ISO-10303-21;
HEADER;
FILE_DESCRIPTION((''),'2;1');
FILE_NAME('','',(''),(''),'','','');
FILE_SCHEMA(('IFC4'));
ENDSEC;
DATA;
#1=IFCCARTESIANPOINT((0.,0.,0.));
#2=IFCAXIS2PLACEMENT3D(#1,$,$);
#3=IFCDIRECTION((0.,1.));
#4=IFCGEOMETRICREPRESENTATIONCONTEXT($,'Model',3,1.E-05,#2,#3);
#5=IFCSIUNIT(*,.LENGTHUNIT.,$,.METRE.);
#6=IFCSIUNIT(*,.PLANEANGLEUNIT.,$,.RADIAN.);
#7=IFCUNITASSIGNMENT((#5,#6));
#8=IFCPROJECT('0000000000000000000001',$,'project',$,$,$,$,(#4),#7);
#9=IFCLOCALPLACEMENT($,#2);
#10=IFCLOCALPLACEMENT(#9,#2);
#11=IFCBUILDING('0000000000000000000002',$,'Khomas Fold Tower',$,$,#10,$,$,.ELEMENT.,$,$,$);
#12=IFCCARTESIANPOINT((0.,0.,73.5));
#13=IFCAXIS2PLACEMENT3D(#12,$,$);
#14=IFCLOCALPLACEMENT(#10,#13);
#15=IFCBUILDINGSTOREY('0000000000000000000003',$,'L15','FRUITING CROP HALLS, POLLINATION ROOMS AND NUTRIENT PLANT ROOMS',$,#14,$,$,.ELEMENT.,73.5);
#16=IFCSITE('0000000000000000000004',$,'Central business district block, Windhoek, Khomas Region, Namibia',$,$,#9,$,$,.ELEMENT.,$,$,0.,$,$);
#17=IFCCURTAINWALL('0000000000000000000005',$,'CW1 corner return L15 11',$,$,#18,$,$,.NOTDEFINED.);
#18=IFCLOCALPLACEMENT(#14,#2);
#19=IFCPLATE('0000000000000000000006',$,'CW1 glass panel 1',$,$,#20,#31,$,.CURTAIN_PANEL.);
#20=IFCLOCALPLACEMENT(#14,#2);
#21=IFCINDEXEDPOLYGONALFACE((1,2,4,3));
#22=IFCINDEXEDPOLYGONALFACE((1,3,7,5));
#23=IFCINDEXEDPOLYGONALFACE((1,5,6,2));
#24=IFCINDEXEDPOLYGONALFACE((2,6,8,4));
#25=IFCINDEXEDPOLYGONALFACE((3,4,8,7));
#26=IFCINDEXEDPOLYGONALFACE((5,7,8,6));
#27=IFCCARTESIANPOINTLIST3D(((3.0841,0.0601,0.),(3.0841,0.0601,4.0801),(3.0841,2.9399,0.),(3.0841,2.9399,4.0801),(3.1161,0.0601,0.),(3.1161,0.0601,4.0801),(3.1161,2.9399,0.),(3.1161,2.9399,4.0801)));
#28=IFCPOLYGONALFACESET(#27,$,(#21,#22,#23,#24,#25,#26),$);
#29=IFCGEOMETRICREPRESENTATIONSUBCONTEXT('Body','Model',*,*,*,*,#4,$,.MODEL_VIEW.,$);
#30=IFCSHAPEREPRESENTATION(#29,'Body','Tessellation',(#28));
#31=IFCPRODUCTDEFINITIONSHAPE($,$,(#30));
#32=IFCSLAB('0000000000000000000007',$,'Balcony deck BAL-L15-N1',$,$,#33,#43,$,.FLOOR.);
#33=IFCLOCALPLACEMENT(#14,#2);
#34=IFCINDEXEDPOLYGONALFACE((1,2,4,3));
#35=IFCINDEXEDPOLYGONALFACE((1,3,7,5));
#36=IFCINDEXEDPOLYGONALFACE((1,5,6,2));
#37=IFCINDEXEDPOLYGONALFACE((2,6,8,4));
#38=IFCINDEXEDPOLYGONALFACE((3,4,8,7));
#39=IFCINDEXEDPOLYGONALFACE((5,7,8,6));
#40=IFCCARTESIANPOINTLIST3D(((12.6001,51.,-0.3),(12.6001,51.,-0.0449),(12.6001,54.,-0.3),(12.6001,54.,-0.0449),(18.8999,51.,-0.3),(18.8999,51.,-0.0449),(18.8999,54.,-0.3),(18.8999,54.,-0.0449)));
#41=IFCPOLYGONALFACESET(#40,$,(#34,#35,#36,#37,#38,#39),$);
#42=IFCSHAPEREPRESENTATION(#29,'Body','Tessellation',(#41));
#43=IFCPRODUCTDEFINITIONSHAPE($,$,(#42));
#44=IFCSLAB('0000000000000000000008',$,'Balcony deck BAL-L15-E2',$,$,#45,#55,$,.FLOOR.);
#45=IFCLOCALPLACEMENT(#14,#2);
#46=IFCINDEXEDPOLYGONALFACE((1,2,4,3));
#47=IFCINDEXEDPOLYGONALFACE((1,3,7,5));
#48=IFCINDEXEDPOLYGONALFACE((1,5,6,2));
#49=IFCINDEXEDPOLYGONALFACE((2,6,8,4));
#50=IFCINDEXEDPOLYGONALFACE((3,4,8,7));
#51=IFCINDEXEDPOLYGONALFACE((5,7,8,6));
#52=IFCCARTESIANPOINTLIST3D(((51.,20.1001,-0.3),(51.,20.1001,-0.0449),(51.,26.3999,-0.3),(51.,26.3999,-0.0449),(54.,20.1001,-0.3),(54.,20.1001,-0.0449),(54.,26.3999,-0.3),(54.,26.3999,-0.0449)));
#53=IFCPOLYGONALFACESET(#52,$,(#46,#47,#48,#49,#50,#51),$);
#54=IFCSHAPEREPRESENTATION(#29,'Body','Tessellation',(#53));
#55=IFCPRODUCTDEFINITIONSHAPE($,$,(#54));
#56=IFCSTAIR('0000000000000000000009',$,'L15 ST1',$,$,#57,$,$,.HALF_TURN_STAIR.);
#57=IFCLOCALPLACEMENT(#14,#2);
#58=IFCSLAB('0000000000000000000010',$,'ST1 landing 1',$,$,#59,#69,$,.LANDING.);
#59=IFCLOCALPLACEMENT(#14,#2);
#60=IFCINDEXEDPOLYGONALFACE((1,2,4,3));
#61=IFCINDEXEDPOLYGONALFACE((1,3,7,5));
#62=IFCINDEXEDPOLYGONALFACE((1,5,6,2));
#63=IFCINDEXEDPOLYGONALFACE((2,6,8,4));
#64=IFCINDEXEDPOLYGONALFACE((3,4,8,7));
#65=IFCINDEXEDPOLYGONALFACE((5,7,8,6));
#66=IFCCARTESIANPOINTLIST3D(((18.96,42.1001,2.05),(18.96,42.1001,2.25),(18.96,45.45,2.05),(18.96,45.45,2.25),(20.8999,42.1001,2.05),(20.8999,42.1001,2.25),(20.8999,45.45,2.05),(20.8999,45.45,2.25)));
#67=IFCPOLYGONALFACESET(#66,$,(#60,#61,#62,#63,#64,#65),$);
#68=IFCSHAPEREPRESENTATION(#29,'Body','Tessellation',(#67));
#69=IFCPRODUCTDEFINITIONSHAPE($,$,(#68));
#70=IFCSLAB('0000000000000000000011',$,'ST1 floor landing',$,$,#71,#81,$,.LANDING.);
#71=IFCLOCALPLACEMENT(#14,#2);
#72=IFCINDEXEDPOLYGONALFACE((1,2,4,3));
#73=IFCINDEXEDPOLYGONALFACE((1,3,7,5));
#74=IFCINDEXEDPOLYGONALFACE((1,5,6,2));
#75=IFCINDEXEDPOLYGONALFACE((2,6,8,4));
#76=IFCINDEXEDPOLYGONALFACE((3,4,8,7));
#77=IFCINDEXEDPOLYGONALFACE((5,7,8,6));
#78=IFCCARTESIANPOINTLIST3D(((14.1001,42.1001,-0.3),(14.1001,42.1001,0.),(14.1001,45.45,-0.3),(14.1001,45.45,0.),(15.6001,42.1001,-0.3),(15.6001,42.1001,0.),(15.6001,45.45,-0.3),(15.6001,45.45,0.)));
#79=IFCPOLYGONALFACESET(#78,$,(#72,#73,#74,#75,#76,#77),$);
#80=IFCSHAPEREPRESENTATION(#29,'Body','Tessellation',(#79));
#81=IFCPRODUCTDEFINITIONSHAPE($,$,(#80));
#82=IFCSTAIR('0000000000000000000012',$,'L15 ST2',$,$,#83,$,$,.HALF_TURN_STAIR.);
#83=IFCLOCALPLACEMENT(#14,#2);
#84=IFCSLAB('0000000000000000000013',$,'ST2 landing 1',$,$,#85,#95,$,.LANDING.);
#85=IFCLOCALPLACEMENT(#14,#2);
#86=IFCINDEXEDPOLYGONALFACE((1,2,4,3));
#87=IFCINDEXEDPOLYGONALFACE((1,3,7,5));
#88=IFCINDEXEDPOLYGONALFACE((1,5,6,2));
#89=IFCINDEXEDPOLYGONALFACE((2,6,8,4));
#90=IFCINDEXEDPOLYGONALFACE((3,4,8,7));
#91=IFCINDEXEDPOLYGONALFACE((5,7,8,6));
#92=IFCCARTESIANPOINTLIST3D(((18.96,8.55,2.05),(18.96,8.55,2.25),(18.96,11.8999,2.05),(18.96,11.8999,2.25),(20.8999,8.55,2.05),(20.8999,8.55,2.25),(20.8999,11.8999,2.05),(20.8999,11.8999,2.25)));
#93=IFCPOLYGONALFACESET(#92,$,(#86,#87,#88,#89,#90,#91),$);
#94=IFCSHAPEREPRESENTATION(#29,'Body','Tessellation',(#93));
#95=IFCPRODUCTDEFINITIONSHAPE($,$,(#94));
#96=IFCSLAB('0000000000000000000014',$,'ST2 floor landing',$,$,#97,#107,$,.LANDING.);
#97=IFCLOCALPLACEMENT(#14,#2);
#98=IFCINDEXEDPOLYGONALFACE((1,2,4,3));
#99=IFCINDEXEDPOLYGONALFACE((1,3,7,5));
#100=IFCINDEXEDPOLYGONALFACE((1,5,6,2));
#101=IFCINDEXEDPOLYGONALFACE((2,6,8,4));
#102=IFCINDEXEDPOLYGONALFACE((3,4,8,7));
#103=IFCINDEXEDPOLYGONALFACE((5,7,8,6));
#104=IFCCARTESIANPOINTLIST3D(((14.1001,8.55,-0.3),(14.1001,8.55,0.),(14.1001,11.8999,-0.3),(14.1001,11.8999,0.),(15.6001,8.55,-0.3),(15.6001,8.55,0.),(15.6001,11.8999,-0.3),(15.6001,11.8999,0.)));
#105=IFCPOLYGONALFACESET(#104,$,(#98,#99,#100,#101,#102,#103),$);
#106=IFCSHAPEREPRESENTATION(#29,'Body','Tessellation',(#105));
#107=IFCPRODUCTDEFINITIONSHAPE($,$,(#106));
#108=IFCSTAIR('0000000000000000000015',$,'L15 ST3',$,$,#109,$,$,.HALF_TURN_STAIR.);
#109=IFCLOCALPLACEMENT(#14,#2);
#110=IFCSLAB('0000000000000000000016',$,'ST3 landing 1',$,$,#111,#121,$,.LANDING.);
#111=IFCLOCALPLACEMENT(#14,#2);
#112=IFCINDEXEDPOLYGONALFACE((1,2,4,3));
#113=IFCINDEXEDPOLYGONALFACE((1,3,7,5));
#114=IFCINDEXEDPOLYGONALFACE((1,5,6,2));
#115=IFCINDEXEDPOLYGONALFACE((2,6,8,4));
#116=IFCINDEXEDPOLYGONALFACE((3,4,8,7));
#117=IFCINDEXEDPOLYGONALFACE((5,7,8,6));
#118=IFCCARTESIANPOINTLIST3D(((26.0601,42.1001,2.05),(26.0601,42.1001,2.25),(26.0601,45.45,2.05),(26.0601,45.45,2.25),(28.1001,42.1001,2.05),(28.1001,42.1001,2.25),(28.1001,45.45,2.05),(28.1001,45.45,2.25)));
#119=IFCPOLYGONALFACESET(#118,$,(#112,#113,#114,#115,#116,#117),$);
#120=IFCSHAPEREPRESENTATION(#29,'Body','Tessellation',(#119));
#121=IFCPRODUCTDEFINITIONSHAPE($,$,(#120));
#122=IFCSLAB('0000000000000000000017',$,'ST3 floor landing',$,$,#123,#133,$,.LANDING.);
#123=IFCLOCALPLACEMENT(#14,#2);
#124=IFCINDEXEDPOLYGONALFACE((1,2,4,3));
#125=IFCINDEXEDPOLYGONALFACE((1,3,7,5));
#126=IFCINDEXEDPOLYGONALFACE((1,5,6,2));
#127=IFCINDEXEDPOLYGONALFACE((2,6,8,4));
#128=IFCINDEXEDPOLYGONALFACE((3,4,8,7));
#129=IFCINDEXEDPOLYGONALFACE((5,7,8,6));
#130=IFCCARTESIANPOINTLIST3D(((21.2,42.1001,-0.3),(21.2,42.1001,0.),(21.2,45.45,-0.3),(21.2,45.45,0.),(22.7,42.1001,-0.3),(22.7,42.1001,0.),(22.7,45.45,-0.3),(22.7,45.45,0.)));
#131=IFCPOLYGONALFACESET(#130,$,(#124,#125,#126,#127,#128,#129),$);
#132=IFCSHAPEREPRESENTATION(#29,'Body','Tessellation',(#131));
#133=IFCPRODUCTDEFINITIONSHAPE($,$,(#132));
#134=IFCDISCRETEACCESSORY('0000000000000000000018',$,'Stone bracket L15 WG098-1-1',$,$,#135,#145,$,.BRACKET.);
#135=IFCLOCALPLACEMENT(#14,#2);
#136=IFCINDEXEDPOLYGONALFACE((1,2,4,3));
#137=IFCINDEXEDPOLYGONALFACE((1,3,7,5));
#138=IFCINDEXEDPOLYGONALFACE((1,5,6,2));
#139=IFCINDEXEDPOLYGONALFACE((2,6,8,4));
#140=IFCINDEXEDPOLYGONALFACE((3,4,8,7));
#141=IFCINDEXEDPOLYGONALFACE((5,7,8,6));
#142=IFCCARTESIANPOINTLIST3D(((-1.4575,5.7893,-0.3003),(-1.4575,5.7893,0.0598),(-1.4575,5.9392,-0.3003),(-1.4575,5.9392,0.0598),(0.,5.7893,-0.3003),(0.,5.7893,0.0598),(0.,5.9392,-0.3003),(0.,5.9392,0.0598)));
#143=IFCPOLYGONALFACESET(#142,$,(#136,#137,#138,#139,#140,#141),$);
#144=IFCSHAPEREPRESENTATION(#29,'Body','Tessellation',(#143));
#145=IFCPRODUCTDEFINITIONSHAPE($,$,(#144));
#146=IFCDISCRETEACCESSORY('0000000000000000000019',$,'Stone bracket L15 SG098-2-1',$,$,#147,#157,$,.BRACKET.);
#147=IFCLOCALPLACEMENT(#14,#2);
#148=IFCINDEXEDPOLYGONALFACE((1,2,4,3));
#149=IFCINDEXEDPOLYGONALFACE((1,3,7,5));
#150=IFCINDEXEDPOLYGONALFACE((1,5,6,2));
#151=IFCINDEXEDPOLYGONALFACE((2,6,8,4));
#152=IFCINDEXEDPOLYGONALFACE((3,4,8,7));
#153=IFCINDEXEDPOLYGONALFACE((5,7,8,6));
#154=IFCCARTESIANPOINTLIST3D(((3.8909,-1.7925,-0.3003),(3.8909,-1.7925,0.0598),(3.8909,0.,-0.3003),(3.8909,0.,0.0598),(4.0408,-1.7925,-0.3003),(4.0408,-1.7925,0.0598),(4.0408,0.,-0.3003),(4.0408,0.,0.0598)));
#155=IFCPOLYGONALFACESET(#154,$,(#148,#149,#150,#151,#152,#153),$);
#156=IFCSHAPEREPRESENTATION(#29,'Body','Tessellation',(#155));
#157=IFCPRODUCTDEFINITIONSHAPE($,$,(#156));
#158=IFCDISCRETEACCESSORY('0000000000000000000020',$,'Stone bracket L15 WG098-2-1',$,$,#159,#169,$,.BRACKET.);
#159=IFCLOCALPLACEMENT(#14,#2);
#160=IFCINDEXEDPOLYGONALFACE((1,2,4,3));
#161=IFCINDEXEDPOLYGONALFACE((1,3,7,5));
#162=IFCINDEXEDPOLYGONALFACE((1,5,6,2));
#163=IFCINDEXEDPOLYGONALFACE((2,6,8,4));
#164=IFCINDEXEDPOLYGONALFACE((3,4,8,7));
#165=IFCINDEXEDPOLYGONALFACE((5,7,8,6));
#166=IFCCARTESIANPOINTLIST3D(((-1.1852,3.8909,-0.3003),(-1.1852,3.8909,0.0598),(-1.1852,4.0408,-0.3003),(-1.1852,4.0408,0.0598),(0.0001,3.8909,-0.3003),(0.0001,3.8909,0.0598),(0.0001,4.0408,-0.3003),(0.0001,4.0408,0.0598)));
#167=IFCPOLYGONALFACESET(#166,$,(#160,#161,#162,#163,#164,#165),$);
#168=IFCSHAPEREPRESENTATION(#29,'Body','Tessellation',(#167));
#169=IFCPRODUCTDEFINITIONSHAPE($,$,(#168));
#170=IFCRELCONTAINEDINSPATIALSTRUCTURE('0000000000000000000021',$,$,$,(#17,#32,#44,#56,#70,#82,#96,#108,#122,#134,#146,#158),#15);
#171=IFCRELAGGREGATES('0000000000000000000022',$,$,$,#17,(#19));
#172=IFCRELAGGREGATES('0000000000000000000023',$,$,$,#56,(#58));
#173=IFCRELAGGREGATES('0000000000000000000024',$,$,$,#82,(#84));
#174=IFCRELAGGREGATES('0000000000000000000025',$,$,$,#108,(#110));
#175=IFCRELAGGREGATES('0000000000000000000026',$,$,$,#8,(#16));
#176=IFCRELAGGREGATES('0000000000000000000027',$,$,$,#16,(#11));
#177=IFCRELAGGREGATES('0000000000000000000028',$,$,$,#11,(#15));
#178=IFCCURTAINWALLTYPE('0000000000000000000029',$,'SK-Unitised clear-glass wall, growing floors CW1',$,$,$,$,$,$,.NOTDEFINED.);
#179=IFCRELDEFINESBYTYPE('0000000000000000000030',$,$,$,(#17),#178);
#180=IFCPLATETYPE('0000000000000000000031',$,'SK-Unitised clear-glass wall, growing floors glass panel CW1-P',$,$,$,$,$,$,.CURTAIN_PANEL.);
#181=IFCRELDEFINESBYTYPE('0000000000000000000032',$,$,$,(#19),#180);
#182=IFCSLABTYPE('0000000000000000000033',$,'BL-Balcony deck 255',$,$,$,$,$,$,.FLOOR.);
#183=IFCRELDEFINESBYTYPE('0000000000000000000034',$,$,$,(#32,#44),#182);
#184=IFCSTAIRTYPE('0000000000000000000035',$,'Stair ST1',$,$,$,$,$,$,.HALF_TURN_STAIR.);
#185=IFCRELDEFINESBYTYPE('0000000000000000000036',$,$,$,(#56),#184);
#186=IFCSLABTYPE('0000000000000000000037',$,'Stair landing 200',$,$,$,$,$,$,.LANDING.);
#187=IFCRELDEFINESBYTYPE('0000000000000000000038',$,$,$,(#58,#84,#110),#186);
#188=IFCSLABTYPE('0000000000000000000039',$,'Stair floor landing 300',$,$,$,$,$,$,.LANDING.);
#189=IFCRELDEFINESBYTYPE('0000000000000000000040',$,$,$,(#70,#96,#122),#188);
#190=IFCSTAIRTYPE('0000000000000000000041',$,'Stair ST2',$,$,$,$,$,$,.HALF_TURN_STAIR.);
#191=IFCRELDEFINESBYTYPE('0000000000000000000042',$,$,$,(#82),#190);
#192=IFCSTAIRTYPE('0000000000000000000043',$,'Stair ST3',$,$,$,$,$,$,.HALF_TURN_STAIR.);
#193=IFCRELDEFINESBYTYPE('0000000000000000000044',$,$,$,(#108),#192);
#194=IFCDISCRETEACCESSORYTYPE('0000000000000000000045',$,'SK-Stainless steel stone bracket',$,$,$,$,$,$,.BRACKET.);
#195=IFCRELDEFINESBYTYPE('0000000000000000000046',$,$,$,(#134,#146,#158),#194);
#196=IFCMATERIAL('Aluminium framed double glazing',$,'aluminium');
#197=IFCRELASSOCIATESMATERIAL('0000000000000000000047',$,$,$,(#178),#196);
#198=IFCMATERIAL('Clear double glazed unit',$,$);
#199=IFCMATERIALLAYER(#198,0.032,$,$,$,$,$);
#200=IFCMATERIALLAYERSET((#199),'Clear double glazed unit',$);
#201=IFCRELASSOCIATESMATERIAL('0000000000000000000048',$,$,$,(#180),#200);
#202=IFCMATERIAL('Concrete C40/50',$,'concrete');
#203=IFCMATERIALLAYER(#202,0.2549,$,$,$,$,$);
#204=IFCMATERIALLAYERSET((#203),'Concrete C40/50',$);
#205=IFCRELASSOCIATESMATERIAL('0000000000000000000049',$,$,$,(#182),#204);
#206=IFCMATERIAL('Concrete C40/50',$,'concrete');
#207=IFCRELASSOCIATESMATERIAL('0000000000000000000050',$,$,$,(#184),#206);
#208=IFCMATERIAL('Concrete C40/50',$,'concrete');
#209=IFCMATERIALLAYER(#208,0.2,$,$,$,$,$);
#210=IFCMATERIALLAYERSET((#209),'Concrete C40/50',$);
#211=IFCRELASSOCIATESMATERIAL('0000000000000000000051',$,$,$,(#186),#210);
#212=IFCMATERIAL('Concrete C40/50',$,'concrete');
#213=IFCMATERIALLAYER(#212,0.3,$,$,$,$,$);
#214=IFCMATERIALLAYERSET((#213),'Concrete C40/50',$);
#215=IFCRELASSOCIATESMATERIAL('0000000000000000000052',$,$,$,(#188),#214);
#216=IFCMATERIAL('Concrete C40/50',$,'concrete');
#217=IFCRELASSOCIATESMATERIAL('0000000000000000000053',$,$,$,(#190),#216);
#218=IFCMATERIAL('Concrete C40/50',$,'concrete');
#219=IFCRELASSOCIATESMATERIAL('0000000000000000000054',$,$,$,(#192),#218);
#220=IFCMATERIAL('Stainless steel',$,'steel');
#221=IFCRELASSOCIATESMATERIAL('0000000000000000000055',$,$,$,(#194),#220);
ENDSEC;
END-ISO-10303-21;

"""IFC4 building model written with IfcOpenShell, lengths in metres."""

from ifc_helpers import new_model, si_unit, direction, frame, origin, origin_2d, place, context, subcontext, project, spatial, polyline, rectangle, outline, extrude, source, transform, mapped, material, layer, layer_set, type_object, element, aggregate, save


model = new_model("IFC4")

# Units and contexts
model_context = context("Model", 3, precision=1e-05, world=origin(), true_north=direction((0.0, 1.0)))
body_context = subcontext(model_context, "Body", "Model", "MODEL_VIEW")
ifc_project = project(units=[si_unit("LENGTHUNIT", "METRE"), si_unit("PLANEANGLEUNIT", "RADIAN")], contexts=[model_context])

# Site, building, storey
site_placement = place(None, origin())
site = spatial("IfcSite", under=ifc_project, at=site_placement, Name="Central business district block, Windhoek, Khomas Region, Namibia", CompositionType="ELEMENT", RefElevation=0.0)
building_placement = place(site_placement, origin())
building = spatial("IfcBuilding", under=site, at=building_placement, Name="Khomas Fold Tower", CompositionType="ELEMENT")
storey_placement = place(building_placement, frame((0.0, 0.0, 73.5)))
storey = spatial("IfcBuildingStorey", under=building, at=storey_placement, Name="L15", Description="FRUITING CROP HALLS, POLLINATION ROOMS AND NUTRIENT PLANT ROOMS", CompositionType="ELEMENT", Elevation=73.5)

# Curtain wall
ifc_material_1 = material(Name="Aluminium framed double glazing", Category="aluminium")
curtain_wall_type = type_object("IfcCurtainWallType", Name="SK-Unitised clear-glass wall, growing floors CW1", PredefinedType="NOTDEFINED", material=ifc_material_1)
curtain_wall_1_placement = place(storey_placement, origin())
curtain_wall_1 = element("IfcCurtainWall", 1, at=curtain_wall_1_placement, inside=storey, type_object=curtain_wall_type, Name="CW1 corner return L15 11", PredefinedType="NOTDEFINED")

# Plate
ifc_material_2 = material(Name="Clear double glazed unit")
ifc_layer_1 = layer(ifc_material_2, 0.032)
ifc_layer_set_1 = layer_set([ifc_layer_1], Name="Clear double glazed unit")
plate_type_1 = type_object("IfcPlateType", Name="SK-Unitised clear-glass wall, growing floors glass panel CW1-P", PredefinedType="CURTAIN_PANEL", material=ifc_layer_set_1)
shared_shape_1 = source(origin(), body_context, "Body", "SweptSolid", [
    extrude(rectangle(XDim=2.8799, YDim=0.032, at=origin_2d()), origin(), (0.0, 0.0, 1.0), 4.0801),
])
plate_1_placement = place(storey_placement, frame((3.1001, 1.5, 0.0), z_axis=(0.0, 0.0, 1.0), x_axis=(0.0, -1.0, 0.0)))
plate_1 = element("IfcPlate", 2, at=plate_1_placement, type_object=plate_type_1, Name="CW1 glass panel 1", PredefinedType="CURTAIN_PANEL", context=body_context, shape_type="MappedRepresentation", body=[
    mapped(shared_shape_1, transform((0.0, 0.0, 0.0))),
])
aggregate(curtain_wall_1, [plate_1])

# Slabs
ifc_material_3 = material(Name="Concrete C40/50", Category="concrete")
ifc_layer_2 = layer(ifc_material_3, 0.2549)
ifc_layer_set_2 = layer_set([ifc_layer_2], Name="Concrete C40/50")
slab_type_1 = type_object("IfcSlabType", Name="BL-Balcony deck 255", PredefinedType="FLOOR", material=ifc_layer_set_2)
shared_shape_2 = source(origin(), body_context, "Body", "SweptSolid", [
    extrude(outline(polyline([(12.6001, 51.0), (18.8999, 51.0), (18.8999, 54.0), (12.6001, 54.0), (12.6001, 51.0)])), origin(), (0.0, 0.0, 1.0), 0.2551),
])
slab_1_placement = place(storey_placement, frame((0.0, 0.0, -0.3)))
element("IfcSlab", 3, at=slab_1_placement, inside=storey, type_object=slab_type_1, Name="Balcony deck BAL-L15-N1", PredefinedType="FLOOR", context=body_context, shape_type="MappedRepresentation", body=[
    mapped(shared_shape_2, transform((0.0, 0.0, 0.0))),
])
shared_shape_3 = source(origin(), body_context, "Body", "SweptSolid", [
    extrude(outline(polyline([(51.0, 20.1001), (54.0, 20.1001), (54.0, 26.3999), (51.0, 26.3999), (51.0, 20.1001)])), origin(), (0.0, 0.0, 1.0), 0.2551),
])
slab_2_placement = place(storey_placement, frame((0.0, 0.0, -0.3)))
element("IfcSlab", 4, at=slab_2_placement, inside=storey, type_object=slab_type_1, Name="Balcony deck BAL-L15-E2", PredefinedType="FLOOR", context=body_context, shape_type="MappedRepresentation", body=[
    mapped(shared_shape_3, transform((0.0, 0.0, 0.0))),
])

# Stair, slab
ifc_material_4 = material(Name="Concrete C40/50", Category="concrete")
stair_type_1 = type_object("IfcStairType", Name="Stair ST1", PredefinedType="HALF_TURN_STAIR", material=ifc_material_4)
stair_1_placement = place(storey_placement, origin())
stair_1 = element("IfcStair", 5, at=stair_1_placement, inside=storey, type_object=stair_type_1, Name="L15 ST1", PredefinedType="HALF_TURN_STAIR")
ifc_material_5 = material(Name="Concrete C40/50", Category="concrete")
ifc_layer_3 = layer(ifc_material_5, 0.2)
ifc_layer_set_3 = layer_set([ifc_layer_3], Name="Concrete C40/50")
slab_type_2 = type_object("IfcSlabType", Name="Stair landing 200", PredefinedType="LANDING", material=ifc_layer_set_3)
shared_shape_4 = source(origin(), body_context, "Body", "SweptSolid", [
    extrude(outline(polyline([(18.96, 42.1001), (20.8999, 42.1001), (20.8999, 45.45), (18.96, 45.45), (18.96, 42.1001)])), origin(), (0.0, 0.0, 1.0), 0.2),
])
slab_3_placement = place(storey_placement, frame((0.0, 0.0, 2.05)))
slab_3 = element("IfcSlab", 6, at=slab_3_placement, type_object=slab_type_2, Name="ST1 landing 1", PredefinedType="LANDING", context=body_context, shape_type="MappedRepresentation", body=[
    mapped(shared_shape_4, transform((0.0, 0.0, 0.0))),
])
aggregate(stair_1, [slab_3])

# Slab
ifc_material_6 = material(Name="Concrete C40/50", Category="concrete")
ifc_layer_4 = layer(ifc_material_6, 0.3)
ifc_layer_set_4 = layer_set([ifc_layer_4], Name="Concrete C40/50")
slab_type_3 = type_object("IfcSlabType", Name="Stair floor landing 300", PredefinedType="LANDING", material=ifc_layer_set_4)
shared_shape_5 = source(origin(), body_context, "Body", "SweptSolid", [
    extrude(outline(polyline([(15.6001, 42.1001), (14.1001, 42.1001), (14.1001, 45.45), (15.6001, 45.45), (15.6001, 42.1001)])), origin(), (0.0, 0.0, 1.0), 0.3),
])
slab_4_placement = place(storey_placement, frame((0.0, 0.0, -0.3)))
element("IfcSlab", 7, at=slab_4_placement, inside=storey, type_object=slab_type_3, Name="ST1 floor landing", PredefinedType="LANDING", context=body_context, shape_type="MappedRepresentation", body=[
    mapped(shared_shape_5, transform((0.0, 0.0, 0.0))),
])

# Stair, slab
ifc_material_7 = material(Name="Concrete C40/50", Category="concrete")
stair_type_2 = type_object("IfcStairType", Name="Stair ST2", PredefinedType="HALF_TURN_STAIR", material=ifc_material_7)
stair_2_placement = place(storey_placement, origin())
stair_2 = element("IfcStair", 8, at=stair_2_placement, inside=storey, type_object=stair_type_2, Name="L15 ST2", PredefinedType="HALF_TURN_STAIR")
shared_shape_6 = source(origin(), body_context, "Body", "SweptSolid", [
    extrude(outline(polyline([(18.96, 8.55), (20.8999, 8.55), (20.8999, 11.8999), (18.96, 11.8999), (18.96, 8.55)])), origin(), (0.0, 0.0, 1.0), 0.2),
])
slab_5_placement = place(storey_placement, frame((0.0, 0.0, 2.05)))
slab_5 = element("IfcSlab", 9, at=slab_5_placement, type_object=slab_type_2, Name="ST2 landing 1", PredefinedType="LANDING", context=body_context, shape_type="MappedRepresentation", body=[
    mapped(shared_shape_6, transform((0.0, 0.0, 0.0))),
])
aggregate(stair_2, [slab_5])

# Slab
shared_shape_7 = source(origin(), body_context, "Body", "SweptSolid", [
    extrude(outline(polyline([(15.6001, 8.55), (14.1001, 8.55), (14.1001, 11.8999), (15.6001, 11.8999), (15.6001, 8.55)])), origin(), (0.0, 0.0, 1.0), 0.3),
])
slab_6_placement = place(storey_placement, frame((0.0, 0.0, -0.3)))
element("IfcSlab", 10, at=slab_6_placement, inside=storey, type_object=slab_type_3, Name="ST2 floor landing", PredefinedType="LANDING", context=body_context, shape_type="MappedRepresentation", body=[
    mapped(shared_shape_7, transform((0.0, 0.0, 0.0))),
])

# Stair, slab
ifc_material_8 = material(Name="Concrete C40/50", Category="concrete")
stair_type_3 = type_object("IfcStairType", Name="Stair ST3", PredefinedType="HALF_TURN_STAIR", material=ifc_material_8)
stair_3_placement = place(storey_placement, origin())
stair_3 = element("IfcStair", 11, at=stair_3_placement, inside=storey, type_object=stair_type_3, Name="L15 ST3", PredefinedType="HALF_TURN_STAIR")
shared_shape_8 = source(origin(), body_context, "Body", "SweptSolid", [
    extrude(outline(polyline([(26.0601, 42.1001), (28.1001, 42.1001), (28.1001, 45.45), (26.0601, 45.45), (26.0601, 42.1001)])), origin(), (0.0, 0.0, 1.0), 0.2),
])
slab_7_placement = place(storey_placement, frame((0.0, 0.0, 2.05)))
slab_7 = element("IfcSlab", 12, at=slab_7_placement, type_object=slab_type_2, Name="ST3 landing 1", PredefinedType="LANDING", context=body_context, shape_type="MappedRepresentation", body=[
    mapped(shared_shape_8, transform((0.0, 0.0, 0.0))),
])
aggregate(stair_3, [slab_7])

# Slab
shared_shape_9 = source(origin(), body_context, "Body", "SweptSolid", [
    extrude(outline(polyline([(22.7, 42.1001), (21.2, 42.1001), (21.2, 45.45), (22.7, 45.45), (22.7, 42.1001)])), origin(), (0.0, 0.0, 1.0), 0.3),
])
slab_8_placement = place(storey_placement, frame((0.0, 0.0, -0.3)))
element("IfcSlab", 13, at=slab_8_placement, inside=storey, type_object=slab_type_3, Name="ST3 floor landing", PredefinedType="LANDING", context=body_context, shape_type="MappedRepresentation", body=[
    mapped(shared_shape_9, transform((0.0, 0.0, 0.0))),
])

# Discrete accessories
ifc_material_9 = material(Name="Stainless steel", Category="steel")
discrete_accessory_type = type_object("IfcDiscreteAccessoryType", Name="SK-Stainless steel stone bracket", PredefinedType="BRACKET", material=ifc_material_9)
shared_shape_10 = source(origin(), body_context, "Body", "SweptSolid", [
    extrude(rectangle(XDim=1.4575, YDim=0.1499, at=origin_2d()), origin(), (0.0, 0.0, 1.0), 0.3601),
])
discrete_accessory_1_placement = place(storey_placement, frame((-0.7288, 5.8643, -0.3003), z_axis=(0.0, 0.0, 1.0), x_axis=(-1.0, 0.0, 0.0)))
element("IfcDiscreteAccessory", 14, at=discrete_accessory_1_placement, inside=storey, type_object=discrete_accessory_type, Name="Stone bracket L15 WG098-1-1", PredefinedType="BRACKET", context=body_context, shape_type="MappedRepresentation", body=[
    mapped(shared_shape_10, transform((0.0, 0.0, 0.0))),
])
shared_shape_11 = source(origin(), body_context, "Body", "SweptSolid", [
    extrude(rectangle(XDim=1.7925, YDim=0.1499, at=origin_2d()), origin(), (0.0, 0.0, 1.0), 0.3601),
])
discrete_accessory_2_placement = place(storey_placement, frame((3.9658, -0.8962, -0.3003), z_axis=(0.0, 0.0, 1.0), x_axis=(0.0, -1.0, 0.0)))
element("IfcDiscreteAccessory", 15, at=discrete_accessory_2_placement, inside=storey, type_object=discrete_accessory_type, Name="Stone bracket L15 SG098-2-1", PredefinedType="BRACKET", context=body_context, shape_type="MappedRepresentation", body=[
    mapped(shared_shape_11, transform((0.0, 0.0, 0.0))),
])
shared_shape_12 = source(origin(), body_context, "Body", "SweptSolid", [
    extrude(rectangle(XDim=1.1853, YDim=0.1499, at=origin_2d()), origin(), (0.0, 0.0, 1.0), 0.3601),
])
discrete_accessory_3_placement = place(storey_placement, frame((-0.5925, 3.9658, -0.3003), z_axis=(0.0, 0.0, 1.0), x_axis=(-1.0, 0.0, 0.0)))
element("IfcDiscreteAccessory", 16, at=discrete_accessory_3_placement, inside=storey, type_object=discrete_accessory_type, Name="Stone bracket L15 WG098-2-1", PredefinedType="BRACKET", context=body_context, shape_type="MappedRepresentation", body=[
    mapped(shared_shape_12, transform((0.0, 0.0, 0.0))),
])

save(model, "model.ifc")
